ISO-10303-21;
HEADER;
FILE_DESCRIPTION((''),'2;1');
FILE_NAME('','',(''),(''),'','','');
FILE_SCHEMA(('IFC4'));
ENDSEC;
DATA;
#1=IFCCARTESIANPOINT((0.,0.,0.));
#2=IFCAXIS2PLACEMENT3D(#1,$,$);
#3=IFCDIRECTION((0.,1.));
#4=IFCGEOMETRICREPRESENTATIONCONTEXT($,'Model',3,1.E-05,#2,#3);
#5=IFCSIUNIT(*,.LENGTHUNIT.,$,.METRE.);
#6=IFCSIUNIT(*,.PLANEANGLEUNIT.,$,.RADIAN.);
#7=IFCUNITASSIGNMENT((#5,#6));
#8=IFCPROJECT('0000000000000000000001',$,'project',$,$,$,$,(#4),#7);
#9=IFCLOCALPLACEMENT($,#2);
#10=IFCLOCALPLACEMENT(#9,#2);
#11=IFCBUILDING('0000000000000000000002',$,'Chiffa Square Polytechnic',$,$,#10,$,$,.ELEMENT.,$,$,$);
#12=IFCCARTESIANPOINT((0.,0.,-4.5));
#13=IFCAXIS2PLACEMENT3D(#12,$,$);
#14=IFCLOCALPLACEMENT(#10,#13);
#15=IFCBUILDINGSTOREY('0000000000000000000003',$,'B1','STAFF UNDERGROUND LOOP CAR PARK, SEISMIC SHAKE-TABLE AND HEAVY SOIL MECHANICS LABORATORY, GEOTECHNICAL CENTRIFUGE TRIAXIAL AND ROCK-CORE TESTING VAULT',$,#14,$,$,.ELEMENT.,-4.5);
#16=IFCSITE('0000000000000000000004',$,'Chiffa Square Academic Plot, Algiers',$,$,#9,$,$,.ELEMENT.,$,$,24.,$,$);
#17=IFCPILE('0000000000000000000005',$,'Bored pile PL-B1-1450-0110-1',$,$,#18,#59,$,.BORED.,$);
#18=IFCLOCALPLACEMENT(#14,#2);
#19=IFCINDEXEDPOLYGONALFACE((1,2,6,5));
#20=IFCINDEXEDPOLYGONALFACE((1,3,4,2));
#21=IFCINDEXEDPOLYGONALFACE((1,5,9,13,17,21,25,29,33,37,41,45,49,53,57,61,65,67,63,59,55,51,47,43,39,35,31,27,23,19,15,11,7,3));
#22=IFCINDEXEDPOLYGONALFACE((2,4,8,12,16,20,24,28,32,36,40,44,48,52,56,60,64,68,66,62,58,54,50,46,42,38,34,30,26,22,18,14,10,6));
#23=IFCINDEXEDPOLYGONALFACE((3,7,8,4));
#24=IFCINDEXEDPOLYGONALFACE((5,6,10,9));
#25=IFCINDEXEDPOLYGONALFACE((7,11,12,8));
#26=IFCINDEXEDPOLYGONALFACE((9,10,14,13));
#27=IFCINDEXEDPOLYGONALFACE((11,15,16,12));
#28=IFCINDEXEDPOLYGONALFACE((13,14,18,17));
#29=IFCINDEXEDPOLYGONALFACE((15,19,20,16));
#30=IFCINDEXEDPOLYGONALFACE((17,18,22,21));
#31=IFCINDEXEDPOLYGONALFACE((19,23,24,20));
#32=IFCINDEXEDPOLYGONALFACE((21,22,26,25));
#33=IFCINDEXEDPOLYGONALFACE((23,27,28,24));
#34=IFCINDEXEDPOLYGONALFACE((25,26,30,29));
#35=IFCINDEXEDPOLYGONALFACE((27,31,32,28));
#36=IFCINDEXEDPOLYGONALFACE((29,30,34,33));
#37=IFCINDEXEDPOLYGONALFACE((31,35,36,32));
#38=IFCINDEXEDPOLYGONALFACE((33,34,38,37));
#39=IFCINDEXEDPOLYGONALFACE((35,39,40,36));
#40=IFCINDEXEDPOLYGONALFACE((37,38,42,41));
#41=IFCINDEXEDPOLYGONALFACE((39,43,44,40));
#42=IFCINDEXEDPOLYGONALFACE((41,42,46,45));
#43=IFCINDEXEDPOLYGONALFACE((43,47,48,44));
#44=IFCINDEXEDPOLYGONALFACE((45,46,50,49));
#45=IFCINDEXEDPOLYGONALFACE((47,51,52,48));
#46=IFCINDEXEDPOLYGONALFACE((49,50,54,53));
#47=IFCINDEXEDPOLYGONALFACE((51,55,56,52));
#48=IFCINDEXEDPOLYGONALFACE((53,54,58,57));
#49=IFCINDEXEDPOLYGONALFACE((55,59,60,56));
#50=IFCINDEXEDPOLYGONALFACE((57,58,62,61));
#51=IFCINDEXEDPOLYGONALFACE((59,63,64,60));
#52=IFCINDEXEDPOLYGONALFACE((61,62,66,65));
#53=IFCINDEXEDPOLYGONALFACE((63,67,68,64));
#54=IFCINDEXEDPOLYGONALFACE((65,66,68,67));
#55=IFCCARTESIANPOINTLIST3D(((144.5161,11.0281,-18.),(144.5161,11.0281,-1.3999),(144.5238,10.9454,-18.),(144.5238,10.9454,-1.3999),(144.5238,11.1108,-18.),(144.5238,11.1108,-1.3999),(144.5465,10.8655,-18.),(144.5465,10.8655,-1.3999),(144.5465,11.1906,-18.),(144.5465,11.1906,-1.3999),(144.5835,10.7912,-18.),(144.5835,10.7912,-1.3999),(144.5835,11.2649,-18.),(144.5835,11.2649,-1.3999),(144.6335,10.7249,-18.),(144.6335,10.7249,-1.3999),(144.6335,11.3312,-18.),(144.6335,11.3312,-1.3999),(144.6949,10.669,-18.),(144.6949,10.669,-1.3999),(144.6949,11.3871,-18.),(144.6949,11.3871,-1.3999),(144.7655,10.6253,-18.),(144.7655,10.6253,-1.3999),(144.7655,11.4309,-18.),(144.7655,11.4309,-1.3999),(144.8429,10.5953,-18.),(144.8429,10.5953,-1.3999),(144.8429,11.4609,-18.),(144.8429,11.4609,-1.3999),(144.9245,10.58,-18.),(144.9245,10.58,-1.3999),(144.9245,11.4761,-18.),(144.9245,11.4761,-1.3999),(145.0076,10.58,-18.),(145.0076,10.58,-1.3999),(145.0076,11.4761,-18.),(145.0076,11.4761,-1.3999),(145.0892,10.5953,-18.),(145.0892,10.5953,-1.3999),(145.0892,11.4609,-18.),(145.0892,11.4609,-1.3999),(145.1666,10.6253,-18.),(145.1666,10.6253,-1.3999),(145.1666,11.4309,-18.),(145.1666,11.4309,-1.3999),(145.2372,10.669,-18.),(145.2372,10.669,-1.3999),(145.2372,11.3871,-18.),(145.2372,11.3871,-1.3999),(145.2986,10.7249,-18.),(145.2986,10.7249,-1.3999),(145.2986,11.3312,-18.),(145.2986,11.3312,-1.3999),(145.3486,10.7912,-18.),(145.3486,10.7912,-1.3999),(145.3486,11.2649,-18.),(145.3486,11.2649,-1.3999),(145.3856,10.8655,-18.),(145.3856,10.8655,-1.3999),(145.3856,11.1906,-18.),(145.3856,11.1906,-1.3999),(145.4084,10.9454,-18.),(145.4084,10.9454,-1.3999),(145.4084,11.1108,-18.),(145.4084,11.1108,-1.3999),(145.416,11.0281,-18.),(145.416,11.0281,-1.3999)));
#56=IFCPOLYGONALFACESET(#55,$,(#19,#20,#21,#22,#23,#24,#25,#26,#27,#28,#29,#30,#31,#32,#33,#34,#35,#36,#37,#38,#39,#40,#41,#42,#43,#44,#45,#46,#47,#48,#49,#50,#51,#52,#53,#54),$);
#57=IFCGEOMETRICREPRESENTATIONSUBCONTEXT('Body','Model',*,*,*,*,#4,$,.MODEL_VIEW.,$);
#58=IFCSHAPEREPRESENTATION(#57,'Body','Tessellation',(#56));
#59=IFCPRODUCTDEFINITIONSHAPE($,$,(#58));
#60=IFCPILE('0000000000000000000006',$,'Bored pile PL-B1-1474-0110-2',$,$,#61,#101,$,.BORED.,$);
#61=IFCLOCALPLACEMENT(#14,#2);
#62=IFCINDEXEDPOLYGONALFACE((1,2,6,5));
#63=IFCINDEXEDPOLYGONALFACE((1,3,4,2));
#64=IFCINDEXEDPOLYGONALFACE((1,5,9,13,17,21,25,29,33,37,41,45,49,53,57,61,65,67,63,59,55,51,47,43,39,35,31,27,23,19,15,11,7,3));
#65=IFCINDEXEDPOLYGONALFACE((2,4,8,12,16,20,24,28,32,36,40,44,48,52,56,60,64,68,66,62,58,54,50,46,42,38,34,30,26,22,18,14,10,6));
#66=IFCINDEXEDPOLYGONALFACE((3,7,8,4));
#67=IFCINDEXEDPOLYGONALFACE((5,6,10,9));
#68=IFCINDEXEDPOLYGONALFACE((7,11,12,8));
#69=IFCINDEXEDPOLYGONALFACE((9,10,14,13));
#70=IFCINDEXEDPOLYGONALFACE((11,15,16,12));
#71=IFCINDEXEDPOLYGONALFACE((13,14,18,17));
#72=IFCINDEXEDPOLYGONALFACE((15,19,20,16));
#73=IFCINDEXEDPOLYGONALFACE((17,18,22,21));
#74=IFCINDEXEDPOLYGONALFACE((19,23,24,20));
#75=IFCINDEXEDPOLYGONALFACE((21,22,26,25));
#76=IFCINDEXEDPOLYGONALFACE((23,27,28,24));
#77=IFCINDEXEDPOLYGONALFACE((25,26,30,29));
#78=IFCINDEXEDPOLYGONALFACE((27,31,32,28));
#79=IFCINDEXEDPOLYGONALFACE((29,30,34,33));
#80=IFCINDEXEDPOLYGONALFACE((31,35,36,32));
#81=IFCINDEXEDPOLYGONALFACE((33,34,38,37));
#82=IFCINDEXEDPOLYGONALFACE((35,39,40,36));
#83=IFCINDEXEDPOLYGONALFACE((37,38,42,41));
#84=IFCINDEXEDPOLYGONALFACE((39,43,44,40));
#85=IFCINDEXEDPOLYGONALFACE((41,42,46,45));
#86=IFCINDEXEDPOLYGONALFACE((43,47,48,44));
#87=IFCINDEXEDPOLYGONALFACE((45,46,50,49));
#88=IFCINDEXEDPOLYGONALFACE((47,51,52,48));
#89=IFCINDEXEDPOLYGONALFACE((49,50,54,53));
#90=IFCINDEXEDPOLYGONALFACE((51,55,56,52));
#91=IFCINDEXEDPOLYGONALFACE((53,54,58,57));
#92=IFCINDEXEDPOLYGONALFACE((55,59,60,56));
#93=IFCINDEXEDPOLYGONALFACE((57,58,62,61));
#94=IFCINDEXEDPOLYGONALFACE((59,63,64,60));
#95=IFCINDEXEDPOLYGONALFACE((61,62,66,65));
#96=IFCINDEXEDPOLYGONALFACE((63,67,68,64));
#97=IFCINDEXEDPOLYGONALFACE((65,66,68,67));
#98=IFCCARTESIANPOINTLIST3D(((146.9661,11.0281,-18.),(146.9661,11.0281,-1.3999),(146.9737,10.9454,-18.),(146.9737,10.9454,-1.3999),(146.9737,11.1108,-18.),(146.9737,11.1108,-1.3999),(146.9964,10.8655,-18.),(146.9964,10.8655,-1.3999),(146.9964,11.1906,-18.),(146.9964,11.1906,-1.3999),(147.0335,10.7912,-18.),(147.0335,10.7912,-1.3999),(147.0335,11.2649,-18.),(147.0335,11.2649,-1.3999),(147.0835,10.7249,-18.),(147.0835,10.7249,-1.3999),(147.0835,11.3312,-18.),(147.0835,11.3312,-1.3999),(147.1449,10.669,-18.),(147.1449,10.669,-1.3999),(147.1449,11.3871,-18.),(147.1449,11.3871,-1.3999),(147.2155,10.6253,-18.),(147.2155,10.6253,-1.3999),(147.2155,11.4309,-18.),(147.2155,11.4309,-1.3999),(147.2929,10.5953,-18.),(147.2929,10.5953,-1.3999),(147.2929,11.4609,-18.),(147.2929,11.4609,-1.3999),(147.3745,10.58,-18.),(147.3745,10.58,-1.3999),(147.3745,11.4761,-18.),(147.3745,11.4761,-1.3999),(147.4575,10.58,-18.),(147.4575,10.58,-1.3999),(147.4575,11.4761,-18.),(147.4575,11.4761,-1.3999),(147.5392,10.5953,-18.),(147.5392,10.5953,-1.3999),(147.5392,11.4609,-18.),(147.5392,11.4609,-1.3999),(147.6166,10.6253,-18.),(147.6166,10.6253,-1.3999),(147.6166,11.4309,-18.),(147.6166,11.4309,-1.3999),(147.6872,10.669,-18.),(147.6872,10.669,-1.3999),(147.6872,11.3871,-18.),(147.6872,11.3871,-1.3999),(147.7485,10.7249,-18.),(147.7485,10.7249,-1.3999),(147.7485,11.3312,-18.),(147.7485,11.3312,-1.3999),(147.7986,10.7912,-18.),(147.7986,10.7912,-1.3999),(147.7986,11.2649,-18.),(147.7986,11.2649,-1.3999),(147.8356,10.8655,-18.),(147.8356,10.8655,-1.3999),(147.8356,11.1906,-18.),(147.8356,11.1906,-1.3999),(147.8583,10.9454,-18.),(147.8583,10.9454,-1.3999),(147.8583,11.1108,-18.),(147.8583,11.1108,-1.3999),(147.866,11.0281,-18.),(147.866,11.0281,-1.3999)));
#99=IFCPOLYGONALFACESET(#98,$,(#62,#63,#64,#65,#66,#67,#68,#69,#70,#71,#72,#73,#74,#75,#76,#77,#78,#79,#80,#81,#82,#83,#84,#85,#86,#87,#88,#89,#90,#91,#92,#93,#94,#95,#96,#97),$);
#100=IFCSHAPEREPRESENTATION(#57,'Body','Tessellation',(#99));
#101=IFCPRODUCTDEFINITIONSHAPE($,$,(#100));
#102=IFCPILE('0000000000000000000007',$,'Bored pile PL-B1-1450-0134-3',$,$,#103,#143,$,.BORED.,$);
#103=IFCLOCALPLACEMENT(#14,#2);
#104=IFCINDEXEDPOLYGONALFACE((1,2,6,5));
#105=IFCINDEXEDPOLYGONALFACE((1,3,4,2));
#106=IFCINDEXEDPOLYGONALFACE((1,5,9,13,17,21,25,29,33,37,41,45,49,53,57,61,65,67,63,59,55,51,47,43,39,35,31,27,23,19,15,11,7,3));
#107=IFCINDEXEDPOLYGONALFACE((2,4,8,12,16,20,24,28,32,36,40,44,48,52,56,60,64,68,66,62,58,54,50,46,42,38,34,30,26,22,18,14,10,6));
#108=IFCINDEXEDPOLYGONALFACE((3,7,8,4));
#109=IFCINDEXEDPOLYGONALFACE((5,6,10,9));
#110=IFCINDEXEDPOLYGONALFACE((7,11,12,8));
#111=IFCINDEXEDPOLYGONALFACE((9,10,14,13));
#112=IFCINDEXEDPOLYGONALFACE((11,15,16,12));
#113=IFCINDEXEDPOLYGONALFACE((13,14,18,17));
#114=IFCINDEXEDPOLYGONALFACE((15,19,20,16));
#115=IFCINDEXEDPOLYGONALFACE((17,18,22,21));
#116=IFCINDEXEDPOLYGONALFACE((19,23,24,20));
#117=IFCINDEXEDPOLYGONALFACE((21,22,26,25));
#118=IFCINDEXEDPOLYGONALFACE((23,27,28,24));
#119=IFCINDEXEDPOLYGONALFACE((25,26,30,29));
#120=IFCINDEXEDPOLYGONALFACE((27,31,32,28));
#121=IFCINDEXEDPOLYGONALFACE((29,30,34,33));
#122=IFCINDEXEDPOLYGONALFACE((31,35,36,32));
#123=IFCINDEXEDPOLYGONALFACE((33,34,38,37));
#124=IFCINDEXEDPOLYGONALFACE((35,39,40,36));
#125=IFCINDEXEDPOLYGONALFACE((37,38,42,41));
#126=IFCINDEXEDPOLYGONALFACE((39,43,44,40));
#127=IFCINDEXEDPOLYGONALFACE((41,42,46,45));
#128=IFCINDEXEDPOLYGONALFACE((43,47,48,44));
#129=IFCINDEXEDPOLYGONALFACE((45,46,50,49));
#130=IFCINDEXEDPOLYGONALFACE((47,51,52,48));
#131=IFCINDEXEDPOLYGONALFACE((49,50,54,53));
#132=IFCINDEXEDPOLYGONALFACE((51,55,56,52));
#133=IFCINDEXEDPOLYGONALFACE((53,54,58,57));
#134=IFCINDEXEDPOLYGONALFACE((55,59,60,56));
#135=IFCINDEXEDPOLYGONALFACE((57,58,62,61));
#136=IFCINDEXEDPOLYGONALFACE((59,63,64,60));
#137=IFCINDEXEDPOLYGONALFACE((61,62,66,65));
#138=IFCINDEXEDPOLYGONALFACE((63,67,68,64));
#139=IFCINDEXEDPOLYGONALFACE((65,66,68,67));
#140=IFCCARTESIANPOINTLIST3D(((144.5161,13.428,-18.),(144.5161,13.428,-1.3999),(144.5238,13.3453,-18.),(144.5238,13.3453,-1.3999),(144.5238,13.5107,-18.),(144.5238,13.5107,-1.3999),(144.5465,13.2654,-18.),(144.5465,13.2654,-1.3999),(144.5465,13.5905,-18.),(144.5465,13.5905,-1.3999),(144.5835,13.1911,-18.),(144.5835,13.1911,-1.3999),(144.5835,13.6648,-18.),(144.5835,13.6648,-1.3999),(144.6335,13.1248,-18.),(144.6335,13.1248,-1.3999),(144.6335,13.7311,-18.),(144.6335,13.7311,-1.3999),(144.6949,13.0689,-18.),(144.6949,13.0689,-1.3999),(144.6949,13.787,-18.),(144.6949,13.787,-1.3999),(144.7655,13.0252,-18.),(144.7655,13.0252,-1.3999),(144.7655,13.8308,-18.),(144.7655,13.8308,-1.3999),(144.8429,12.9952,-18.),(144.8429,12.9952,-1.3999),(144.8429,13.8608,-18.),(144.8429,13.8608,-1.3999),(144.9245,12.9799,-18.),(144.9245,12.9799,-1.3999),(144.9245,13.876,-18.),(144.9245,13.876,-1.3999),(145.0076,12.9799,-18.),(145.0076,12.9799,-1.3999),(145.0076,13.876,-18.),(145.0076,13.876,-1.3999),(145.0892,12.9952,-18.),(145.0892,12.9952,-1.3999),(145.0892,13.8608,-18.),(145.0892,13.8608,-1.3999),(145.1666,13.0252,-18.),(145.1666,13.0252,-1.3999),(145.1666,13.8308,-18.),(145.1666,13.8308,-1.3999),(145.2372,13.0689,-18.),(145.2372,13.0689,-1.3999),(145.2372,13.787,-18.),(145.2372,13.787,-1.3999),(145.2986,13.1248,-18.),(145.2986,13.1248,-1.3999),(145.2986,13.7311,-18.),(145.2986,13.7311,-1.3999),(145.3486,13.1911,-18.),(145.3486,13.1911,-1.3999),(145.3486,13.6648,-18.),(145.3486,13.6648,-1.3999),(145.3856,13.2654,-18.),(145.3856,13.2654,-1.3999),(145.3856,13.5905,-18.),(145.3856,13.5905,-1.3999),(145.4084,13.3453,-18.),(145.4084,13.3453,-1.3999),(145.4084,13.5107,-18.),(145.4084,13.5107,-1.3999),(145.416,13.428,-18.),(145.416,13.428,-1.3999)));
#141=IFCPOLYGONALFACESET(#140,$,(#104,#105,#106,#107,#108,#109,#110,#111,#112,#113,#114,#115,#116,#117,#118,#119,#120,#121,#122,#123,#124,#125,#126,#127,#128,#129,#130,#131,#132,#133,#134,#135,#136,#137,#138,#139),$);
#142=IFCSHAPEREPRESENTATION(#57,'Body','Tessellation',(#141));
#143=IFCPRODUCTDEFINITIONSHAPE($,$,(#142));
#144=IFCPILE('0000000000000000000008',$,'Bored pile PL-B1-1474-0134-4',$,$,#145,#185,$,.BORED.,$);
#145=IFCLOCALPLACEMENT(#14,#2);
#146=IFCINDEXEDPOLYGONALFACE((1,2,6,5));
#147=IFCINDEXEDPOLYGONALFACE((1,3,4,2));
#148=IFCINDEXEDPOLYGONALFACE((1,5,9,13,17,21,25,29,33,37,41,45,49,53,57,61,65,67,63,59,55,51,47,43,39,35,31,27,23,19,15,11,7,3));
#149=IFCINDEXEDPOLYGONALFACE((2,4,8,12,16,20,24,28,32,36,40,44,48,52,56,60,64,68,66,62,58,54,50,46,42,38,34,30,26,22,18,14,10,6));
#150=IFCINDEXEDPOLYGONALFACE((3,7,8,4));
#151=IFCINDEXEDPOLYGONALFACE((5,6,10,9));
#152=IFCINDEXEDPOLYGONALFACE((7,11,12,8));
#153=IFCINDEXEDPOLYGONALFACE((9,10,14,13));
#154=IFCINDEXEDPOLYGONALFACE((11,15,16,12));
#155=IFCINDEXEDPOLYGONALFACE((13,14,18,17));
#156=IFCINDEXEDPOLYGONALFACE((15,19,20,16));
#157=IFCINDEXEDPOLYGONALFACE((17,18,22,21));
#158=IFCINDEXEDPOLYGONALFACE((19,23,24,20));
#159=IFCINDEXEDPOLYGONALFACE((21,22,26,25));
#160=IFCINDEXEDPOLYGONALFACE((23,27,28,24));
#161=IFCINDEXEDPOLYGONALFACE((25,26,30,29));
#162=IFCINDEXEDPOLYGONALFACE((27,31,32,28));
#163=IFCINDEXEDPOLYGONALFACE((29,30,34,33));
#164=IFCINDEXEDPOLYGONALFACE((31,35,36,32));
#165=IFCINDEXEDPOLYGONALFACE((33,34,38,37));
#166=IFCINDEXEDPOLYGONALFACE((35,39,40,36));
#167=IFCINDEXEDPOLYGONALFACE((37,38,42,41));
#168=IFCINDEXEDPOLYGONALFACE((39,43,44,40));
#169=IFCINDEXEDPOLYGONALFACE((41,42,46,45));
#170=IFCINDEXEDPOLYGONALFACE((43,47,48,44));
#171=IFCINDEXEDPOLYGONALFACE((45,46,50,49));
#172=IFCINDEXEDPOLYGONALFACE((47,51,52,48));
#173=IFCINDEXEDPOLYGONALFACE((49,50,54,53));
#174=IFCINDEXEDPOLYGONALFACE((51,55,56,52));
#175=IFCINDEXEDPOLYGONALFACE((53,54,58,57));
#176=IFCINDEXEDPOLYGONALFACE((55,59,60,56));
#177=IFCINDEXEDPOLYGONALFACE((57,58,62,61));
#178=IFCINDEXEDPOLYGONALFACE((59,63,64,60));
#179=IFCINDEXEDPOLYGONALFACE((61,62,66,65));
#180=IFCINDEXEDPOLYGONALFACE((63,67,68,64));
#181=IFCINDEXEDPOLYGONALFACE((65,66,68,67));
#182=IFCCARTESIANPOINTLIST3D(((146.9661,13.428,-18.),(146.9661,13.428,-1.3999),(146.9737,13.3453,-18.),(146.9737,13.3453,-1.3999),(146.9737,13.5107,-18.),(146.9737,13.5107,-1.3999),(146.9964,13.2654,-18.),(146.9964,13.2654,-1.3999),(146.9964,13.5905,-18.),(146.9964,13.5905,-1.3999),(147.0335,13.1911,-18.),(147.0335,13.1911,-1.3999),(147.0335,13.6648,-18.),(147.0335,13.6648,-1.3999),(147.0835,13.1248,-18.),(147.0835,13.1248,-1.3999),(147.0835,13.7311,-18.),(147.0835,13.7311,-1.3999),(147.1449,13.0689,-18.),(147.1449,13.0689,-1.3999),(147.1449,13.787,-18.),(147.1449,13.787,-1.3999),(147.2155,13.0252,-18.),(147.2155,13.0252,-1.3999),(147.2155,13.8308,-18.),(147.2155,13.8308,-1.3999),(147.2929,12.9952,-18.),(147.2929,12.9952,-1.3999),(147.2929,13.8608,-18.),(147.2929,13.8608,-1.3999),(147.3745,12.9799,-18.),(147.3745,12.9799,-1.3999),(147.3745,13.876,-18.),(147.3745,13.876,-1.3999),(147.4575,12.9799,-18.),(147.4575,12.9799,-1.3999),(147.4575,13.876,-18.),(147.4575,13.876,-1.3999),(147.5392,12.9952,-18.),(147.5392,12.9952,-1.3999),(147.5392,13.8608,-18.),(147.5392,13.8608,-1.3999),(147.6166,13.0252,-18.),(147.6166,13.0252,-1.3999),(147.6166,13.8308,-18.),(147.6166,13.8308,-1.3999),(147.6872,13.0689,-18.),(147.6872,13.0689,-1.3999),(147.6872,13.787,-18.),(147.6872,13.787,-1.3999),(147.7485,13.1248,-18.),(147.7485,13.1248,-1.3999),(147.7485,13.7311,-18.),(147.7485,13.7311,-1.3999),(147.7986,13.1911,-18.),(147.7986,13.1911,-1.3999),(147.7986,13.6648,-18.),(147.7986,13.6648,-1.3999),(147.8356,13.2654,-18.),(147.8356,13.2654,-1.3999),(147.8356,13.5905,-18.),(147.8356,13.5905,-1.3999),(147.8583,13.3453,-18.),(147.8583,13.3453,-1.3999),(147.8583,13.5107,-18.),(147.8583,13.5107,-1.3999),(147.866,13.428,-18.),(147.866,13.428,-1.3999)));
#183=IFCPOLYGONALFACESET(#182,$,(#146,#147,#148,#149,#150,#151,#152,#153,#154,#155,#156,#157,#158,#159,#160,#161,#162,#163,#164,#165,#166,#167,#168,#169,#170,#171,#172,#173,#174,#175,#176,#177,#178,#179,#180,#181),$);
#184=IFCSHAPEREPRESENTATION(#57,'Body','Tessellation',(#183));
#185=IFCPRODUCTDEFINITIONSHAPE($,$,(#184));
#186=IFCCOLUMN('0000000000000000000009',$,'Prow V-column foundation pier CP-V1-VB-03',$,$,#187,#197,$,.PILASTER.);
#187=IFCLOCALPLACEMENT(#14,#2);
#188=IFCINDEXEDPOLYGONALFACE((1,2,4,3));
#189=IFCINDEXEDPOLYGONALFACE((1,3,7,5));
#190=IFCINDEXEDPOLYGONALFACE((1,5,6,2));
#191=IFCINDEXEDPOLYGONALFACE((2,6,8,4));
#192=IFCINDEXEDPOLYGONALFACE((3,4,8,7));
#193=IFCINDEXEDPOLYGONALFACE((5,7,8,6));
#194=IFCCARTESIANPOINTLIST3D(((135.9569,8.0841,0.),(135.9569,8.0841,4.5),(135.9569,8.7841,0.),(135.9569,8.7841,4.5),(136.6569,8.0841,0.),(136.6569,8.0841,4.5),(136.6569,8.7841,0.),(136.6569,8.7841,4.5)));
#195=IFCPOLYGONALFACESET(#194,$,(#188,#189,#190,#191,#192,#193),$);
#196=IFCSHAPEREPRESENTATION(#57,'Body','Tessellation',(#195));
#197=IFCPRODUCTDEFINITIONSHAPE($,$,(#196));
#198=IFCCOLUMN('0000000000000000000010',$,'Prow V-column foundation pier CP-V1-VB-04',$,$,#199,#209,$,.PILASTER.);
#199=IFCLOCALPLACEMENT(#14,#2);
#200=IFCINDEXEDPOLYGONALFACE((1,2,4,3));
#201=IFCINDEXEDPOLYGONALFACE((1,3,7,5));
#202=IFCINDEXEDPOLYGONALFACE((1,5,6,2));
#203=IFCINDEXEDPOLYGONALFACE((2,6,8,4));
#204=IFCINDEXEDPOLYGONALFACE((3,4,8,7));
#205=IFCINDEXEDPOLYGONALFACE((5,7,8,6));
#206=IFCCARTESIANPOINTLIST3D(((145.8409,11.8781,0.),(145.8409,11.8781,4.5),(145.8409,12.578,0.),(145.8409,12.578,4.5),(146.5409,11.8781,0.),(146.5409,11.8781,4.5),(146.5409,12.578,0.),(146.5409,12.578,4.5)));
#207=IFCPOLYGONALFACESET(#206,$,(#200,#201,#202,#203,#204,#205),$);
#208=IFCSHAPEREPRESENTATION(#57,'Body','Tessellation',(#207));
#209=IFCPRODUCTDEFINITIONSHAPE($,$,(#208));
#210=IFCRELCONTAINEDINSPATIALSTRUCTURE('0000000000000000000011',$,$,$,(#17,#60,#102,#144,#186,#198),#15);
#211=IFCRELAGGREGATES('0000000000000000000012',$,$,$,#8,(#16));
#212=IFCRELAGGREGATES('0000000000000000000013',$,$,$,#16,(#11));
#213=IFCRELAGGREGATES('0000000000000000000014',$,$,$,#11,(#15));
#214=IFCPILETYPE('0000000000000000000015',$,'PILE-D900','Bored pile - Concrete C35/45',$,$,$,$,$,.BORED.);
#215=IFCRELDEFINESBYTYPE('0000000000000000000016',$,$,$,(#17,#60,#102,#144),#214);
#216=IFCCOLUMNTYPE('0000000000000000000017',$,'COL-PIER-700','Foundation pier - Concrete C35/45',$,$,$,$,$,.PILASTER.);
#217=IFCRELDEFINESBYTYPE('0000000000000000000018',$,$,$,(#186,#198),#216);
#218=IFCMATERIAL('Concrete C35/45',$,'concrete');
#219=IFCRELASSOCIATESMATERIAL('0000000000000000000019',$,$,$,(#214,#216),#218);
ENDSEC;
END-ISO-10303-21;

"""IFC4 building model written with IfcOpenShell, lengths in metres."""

from ifc_helpers import new_model, si_unit, direction, frame, origin, origin_2d, place, context, subcontext, project, spatial, rectangle, circle, extrude, material, material_profile, profile_set, type_object, element, save


model = new_model("IFC4")

# Units and contexts
model_context = context("Model", 3, precision=1e-05, world=origin(), true_north=direction((0.0, 1.0)))
body_context = subcontext(model_context, "Body", "Model", "MODEL_VIEW")
ifc_project = project(units=[si_unit("LENGTHUNIT", "METRE"), si_unit("PLANEANGLEUNIT", "RADIAN")], contexts=[model_context])

# Site, building, storey
site_placement = place(None, origin())
site = spatial("IfcSite", under=ifc_project, at=site_placement, Name="Chiffa Square Academic Plot, Algiers", CompositionType="ELEMENT", RefElevation=24.0)
building_placement = place(site_placement, origin())
building = spatial("IfcBuilding", under=site, at=building_placement, Name="Chiffa Square Polytechnic", CompositionType="ELEMENT")
storey_placement = place(building_placement, frame((0.0, 0.0, -4.5)))
storey = spatial("IfcBuildingStorey", under=building, at=storey_placement, Name="B1", Description="STAFF UNDERGROUND LOOP CAR PARK, SEISMIC SHAKE-TABLE AND HEAVY SOIL MECHANICS LABORATORY, GEOTECHNICAL CENTRIFUGE TRIAXIAL AND ROCK-CORE TESTING VAULT", CompositionType="ELEMENT", Elevation=-4.5)

# Shared definitions
ifc_material_1 = material(Name="Concrete C35/45", Category="concrete")

# Piles
ifc_material_profile_1 = material_profile(ifc_material_1, circle(Radius=0.45, at=origin_2d()), Name="PILE D900")
ifc_profile_set_1 = profile_set([ifc_material_profile_1], Name="Concrete C35/45")
pile_type_1 = type_object("IfcPileType", Name="PILE-D900", Description="Bored pile - Concrete C35/45", PredefinedType="BORED", material=ifc_profile_set_1)
for number, where, z_axis, x_axis, name in (
    (1, (144.9661, 11.0281, -1.3999), (0.0, 0.0, -1.0), (1.0, 0.0, 0.0), "Bored pile PL-B1-1450-0110-1"),
    (2, (147.416, 11.0281, -1.3999), (0.0, 0.0, -1.0), (1.0, 0.0, 0.0), "Bored pile PL-B1-1474-0110-2"),
    (3, (144.9661, 13.428, -1.3999), (0.0, 0.0, -1.0), (1.0, 0.0, 0.0), "Bored pile PL-B1-1450-0134-3"),
    (4, (147.416, 13.428, -1.3999), (0.0, 0.0, -1.0), (1.0, 0.0, 0.0), "Bored pile PL-B1-1474-0134-4"),
):
    element("IfcPile", number, at=place(storey_placement, frame(where, z_axis=z_axis, x_axis=x_axis)), inside=storey, type_object=pile_type_1, Name=name, PredefinedType="BORED", context=body_context, shape_type="SweptSolid", body=[
        extrude(circle(Radius=0.45, at=origin_2d()), origin(), (0.0, 0.0, 1.0), 16.6001),
    ])

# Columns
ifc_material_profile_2 = material_profile(ifc_material_1, rectangle(XDim=0.7, YDim=0.7, at=origin_2d()), Name="RC 700x700")
ifc_profile_set_2 = profile_set([ifc_material_profile_2], Name="Concrete C35/45")
column_type_1 = type_object("IfcColumnType", Name="COL-PIER-700", Description="Foundation pier - Concrete C35/45", PredefinedType="PILASTER", material=ifc_profile_set_2)
for number, where, z_axis, x_axis, name in (
    (5, (136.3069, 8.4341, 0.0), (0.0, 0.0, 1.0), (1.0, 0.0, 0.0), "Prow V-column foundation pier CP-V1-VB-03"),
    (6, (146.1909, 12.228, 0.0), (0.0, 0.0, 1.0), (1.0, 0.0, 0.0), "Prow V-column foundation pier CP-V1-VB-04"),
):
    element("IfcColumn", number, at=place(storey_placement, frame(where, z_axis=z_axis, x_axis=x_axis)), inside=storey, type_object=column_type_1, Name=name, PredefinedType="PILASTER", context=body_context, shape_type="SweptSolid", body=[
        extrude(rectangle(XDim=0.7, YDim=0.7, at=origin_2d()), origin(), (0.0, 0.0, 1.0), 4.5),
    ])

save(model, "model.ifc")
